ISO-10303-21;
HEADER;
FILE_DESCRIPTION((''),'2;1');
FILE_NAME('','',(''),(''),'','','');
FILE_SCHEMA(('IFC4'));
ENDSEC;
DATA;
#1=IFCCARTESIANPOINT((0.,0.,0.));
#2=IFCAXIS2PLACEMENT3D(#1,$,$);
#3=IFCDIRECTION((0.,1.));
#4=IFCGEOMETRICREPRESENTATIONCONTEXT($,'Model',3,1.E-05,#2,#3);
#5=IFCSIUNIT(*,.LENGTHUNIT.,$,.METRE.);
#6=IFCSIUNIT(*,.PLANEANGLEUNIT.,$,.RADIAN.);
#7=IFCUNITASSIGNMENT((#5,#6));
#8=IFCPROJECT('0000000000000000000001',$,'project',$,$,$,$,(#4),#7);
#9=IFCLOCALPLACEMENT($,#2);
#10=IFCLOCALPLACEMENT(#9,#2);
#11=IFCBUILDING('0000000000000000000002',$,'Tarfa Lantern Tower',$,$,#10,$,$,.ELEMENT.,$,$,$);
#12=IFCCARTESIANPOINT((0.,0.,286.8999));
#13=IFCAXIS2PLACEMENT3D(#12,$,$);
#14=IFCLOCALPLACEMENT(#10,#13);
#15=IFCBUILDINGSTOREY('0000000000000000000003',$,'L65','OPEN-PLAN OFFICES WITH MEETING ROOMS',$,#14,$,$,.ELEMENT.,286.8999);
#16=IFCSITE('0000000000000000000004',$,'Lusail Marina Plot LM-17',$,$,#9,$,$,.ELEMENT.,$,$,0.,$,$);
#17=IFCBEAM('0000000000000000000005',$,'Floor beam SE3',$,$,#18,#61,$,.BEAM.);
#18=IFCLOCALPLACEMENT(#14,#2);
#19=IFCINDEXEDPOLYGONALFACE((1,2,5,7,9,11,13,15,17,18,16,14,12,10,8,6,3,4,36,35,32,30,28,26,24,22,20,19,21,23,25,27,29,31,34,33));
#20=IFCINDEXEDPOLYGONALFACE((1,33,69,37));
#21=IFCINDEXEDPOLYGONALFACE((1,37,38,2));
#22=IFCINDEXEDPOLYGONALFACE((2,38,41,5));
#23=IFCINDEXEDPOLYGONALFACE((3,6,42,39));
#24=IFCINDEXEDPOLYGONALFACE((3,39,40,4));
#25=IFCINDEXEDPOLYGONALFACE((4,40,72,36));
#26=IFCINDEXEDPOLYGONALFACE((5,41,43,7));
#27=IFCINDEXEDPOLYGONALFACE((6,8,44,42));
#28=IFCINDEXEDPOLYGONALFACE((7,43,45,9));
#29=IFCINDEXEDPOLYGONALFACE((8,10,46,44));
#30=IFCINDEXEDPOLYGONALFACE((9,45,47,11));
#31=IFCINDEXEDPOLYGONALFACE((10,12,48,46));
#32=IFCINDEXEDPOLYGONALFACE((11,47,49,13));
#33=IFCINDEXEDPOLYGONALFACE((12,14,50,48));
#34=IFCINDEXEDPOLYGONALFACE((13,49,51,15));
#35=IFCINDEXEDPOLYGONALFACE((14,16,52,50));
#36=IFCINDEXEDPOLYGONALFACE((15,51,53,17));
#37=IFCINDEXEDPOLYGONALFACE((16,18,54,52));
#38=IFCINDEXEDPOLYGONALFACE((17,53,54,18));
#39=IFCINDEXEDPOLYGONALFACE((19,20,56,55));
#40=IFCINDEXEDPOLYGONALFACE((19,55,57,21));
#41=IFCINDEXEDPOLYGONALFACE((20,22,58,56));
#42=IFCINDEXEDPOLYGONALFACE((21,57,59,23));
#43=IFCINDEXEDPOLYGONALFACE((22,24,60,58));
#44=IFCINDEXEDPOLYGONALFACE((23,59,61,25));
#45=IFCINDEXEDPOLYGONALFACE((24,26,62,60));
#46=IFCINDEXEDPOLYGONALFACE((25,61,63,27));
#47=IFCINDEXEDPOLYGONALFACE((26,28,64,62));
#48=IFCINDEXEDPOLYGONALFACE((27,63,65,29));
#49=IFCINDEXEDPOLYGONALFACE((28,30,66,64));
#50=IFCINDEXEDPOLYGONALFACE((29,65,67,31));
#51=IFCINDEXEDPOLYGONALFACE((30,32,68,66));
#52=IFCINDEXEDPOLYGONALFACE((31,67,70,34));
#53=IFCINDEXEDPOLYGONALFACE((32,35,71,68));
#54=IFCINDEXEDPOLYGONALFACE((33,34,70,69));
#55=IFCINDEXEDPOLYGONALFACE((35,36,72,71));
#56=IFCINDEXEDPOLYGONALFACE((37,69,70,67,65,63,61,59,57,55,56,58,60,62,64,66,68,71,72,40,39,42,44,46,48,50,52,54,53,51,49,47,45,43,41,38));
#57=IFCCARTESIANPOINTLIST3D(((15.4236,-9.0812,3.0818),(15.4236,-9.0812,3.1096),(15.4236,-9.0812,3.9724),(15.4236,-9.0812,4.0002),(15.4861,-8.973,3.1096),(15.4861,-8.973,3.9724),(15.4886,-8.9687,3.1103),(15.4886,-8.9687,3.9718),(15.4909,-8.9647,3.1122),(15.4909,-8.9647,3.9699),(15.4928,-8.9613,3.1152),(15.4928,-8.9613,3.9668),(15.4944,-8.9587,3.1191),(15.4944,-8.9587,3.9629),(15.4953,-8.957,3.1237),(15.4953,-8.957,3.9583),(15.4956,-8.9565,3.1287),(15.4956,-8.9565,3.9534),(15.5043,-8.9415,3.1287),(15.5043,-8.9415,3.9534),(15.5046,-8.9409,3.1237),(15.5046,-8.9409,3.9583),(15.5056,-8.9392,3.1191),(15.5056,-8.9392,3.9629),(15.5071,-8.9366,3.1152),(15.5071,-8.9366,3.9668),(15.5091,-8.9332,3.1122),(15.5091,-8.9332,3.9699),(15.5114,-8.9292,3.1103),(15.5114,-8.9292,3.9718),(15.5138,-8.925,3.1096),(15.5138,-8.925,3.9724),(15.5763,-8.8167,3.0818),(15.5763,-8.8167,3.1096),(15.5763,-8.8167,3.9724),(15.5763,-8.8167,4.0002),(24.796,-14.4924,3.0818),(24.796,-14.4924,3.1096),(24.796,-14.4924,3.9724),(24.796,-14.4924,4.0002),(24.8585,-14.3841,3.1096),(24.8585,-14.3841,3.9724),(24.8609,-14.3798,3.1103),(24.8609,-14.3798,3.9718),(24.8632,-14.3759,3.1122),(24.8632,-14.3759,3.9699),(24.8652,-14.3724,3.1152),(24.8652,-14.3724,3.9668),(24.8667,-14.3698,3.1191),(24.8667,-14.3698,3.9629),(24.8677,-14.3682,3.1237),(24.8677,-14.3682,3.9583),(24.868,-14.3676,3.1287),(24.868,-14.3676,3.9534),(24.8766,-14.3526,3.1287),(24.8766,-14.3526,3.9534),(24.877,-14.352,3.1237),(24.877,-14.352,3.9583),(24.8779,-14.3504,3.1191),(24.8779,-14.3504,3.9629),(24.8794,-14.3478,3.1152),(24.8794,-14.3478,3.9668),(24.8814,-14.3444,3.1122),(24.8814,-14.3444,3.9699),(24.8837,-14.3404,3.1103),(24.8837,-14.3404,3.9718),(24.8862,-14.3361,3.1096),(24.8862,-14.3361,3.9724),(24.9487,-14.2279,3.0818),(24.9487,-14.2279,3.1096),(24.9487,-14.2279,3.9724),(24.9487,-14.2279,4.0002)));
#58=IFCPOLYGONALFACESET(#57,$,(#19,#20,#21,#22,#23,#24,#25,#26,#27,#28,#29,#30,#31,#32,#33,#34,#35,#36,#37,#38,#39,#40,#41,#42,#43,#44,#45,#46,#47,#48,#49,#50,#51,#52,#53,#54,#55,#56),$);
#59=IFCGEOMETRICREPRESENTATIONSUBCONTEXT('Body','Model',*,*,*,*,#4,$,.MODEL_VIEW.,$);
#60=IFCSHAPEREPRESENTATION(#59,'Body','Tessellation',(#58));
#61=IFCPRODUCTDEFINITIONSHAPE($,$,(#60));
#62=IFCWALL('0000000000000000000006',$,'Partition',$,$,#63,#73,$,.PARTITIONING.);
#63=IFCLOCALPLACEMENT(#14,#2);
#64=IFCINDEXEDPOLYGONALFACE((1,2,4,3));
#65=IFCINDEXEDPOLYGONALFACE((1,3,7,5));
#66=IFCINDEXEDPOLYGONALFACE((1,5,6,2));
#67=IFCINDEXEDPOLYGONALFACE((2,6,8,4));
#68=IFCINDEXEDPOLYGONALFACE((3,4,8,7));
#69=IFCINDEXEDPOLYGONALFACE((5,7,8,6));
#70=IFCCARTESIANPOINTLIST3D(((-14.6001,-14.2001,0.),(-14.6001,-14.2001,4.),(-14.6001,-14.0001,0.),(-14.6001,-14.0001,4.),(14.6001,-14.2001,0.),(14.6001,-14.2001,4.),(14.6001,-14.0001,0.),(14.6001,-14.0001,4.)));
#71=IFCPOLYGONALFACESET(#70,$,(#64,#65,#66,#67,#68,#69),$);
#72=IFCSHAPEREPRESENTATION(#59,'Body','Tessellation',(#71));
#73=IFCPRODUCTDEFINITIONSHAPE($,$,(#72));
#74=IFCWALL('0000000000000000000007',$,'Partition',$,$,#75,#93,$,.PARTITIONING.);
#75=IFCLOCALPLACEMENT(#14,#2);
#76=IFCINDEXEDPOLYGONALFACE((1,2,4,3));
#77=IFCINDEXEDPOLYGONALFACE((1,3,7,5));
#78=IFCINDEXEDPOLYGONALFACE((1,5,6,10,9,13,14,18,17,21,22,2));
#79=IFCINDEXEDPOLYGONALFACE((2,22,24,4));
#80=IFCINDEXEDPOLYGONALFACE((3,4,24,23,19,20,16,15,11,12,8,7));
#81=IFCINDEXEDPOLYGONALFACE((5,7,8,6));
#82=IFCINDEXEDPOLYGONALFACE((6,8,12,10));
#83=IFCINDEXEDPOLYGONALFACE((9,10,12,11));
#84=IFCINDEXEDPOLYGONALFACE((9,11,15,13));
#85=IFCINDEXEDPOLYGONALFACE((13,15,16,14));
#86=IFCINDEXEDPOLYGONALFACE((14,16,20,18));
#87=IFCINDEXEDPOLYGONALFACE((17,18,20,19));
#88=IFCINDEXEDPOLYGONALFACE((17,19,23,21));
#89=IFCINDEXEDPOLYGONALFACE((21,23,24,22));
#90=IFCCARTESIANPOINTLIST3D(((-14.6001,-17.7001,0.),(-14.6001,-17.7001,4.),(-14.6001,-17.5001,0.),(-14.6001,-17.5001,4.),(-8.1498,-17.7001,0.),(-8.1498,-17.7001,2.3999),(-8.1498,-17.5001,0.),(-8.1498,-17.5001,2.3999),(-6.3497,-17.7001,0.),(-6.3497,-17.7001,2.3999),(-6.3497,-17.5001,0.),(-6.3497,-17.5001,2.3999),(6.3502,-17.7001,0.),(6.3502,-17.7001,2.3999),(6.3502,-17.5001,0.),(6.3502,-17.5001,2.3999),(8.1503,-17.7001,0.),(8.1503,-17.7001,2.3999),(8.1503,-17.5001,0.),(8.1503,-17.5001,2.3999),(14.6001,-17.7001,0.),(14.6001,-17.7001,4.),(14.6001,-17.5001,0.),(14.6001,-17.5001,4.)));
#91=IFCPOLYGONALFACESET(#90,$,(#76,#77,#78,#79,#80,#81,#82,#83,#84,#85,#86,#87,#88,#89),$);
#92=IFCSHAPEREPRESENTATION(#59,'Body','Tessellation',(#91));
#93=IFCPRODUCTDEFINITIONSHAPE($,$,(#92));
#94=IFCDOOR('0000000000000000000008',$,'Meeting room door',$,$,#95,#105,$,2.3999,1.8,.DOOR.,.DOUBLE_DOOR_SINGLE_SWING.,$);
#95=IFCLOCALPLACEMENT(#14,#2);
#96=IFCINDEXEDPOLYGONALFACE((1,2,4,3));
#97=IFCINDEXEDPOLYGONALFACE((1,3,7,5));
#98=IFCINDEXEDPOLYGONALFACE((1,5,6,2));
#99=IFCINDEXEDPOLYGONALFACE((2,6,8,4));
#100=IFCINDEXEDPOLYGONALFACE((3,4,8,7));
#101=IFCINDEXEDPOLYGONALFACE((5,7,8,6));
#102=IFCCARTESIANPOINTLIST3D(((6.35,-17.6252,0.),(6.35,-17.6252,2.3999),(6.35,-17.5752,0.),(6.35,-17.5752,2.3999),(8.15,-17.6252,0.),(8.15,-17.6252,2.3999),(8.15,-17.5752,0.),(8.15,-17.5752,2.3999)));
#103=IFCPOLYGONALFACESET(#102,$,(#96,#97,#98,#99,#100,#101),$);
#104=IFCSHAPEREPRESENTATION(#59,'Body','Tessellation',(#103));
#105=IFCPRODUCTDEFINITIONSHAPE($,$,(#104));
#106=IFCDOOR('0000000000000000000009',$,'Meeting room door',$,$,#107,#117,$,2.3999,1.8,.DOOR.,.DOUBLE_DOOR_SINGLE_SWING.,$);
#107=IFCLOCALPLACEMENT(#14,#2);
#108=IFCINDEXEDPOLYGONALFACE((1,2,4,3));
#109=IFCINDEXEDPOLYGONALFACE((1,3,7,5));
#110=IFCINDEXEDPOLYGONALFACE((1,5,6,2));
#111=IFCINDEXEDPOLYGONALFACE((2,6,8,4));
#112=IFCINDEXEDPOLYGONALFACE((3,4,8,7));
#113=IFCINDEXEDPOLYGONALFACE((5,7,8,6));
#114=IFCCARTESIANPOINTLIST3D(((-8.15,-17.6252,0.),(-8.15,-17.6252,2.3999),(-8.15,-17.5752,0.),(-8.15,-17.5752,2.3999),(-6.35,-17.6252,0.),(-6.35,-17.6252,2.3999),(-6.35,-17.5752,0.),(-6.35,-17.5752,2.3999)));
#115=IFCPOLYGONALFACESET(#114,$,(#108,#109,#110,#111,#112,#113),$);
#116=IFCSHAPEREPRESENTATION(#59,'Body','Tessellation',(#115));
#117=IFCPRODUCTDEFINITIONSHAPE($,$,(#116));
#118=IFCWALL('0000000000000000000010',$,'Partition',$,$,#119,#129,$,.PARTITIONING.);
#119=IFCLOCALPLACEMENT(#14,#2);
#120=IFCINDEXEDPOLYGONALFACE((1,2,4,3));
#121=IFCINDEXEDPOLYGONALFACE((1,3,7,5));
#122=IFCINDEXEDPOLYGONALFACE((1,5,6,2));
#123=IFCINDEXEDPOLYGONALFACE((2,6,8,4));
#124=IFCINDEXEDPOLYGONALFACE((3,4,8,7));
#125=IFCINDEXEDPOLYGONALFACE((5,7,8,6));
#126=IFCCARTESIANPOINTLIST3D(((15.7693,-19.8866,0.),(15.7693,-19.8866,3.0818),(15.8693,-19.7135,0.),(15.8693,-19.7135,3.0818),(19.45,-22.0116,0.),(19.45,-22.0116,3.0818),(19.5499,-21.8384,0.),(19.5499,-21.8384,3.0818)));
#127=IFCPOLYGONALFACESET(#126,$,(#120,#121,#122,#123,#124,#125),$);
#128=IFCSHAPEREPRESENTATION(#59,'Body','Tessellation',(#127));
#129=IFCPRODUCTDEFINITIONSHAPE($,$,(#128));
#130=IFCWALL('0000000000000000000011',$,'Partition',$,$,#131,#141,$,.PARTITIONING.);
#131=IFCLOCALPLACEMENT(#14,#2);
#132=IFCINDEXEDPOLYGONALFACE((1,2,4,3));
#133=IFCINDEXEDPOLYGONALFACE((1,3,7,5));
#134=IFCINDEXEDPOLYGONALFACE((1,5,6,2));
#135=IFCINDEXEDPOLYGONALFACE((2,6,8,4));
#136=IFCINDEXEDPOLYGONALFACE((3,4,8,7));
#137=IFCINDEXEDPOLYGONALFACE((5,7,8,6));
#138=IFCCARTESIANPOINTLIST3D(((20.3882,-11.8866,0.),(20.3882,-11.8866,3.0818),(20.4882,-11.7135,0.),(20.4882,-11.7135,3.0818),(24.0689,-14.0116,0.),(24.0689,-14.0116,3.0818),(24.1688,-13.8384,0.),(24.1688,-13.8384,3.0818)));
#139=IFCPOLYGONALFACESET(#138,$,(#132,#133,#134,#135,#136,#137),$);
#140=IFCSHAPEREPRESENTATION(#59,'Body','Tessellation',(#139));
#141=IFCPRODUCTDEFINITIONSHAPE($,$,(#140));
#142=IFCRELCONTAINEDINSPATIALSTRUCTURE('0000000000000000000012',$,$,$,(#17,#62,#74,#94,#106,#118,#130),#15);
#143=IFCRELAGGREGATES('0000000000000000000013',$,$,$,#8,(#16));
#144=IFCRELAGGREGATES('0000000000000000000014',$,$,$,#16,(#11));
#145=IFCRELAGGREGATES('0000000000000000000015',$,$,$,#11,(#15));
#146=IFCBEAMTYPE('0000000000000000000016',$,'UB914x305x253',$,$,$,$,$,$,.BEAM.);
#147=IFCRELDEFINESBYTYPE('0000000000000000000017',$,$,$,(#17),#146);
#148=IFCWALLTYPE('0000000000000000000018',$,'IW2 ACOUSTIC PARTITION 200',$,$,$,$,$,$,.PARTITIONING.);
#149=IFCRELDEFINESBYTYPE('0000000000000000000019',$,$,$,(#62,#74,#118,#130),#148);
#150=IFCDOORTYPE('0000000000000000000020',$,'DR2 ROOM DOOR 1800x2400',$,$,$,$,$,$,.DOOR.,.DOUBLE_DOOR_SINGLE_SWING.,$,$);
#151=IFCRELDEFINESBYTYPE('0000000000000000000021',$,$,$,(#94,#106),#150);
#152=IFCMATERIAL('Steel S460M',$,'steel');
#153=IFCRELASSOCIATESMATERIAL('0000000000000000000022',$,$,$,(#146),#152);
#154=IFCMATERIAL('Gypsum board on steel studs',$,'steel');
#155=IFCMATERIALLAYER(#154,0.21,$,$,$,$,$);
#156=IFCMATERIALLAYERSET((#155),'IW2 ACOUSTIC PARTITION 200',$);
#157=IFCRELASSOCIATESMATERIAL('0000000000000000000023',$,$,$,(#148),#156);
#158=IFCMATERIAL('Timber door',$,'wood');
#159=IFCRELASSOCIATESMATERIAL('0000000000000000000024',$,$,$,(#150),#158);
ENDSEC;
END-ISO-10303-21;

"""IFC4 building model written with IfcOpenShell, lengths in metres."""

from ifc_helpers import new_model, si_unit, direction, frame, frame_2d, origin, origin_2d, place, context, subcontext, project, spatial, rectangle, i_section, extrude, material, layer, layer_set, material_profile, profile_set, type_object, element, fill, save


model = new_model("IFC4")

# Units and contexts
model_context = context("Model", 3, precision=1e-05, world=origin(), true_north=direction((0.0, 1.0)))
body_context = subcontext(model_context, "Body", "Model", "MODEL_VIEW")
ifc_project = project(units=[si_unit("LENGTHUNIT", "METRE"), si_unit("PLANEANGLEUNIT", "RADIAN")], contexts=[model_context])

# Site, building, storey
site_placement = place(None, origin())
site = spatial("IfcSite", under=ifc_project, at=site_placement, Name="Lusail Marina Plot LM-17", CompositionType="ELEMENT", RefElevation=0.0)
building_placement = place(site_placement, origin())
building = spatial("IfcBuilding", under=site, at=building_placement, Name="Tarfa Lantern Tower", CompositionType="ELEMENT")
storey_placement = place(building_placement, frame((0.0, 0.0, 286.8999)))
storey = spatial("IfcBuildingStorey", under=building, at=storey_placement, Name="L65", Description="OPEN-PLAN OFFICES WITH MEETING ROOMS", CompositionType="ELEMENT", Elevation=286.8999)

# Beam
ifc_material_1 = material(Name="Steel S460M", Category="steel")
ifc_material_profile_1 = material_profile(ifc_material_1, i_section(OverallWidth=0.3054, OverallDepth=0.9185, WebThickness=0.0173, FlangeThickness=0.0278, FilletRadius=0.019, at=origin_2d()), Name="UB914x305x253")
ifc_profile_set_1 = profile_set([ifc_material_profile_1], Name="Steel S460M")
beam_type_1 = type_object("IfcBeamType", Name="UB914x305x253", PredefinedType="BEAM", material=ifc_profile_set_1)
beam_1_placement = place(storey_placement, frame((24.8723, -14.3601, 3.541), z_axis=(-0.866024, 0.500002, 0.0), x_axis=(-0.500002, -0.866024, 0.0)))
element("IfcBeam", 1, at=beam_1_placement, inside=storey, type_object=beam_type_1, Name="Floor beam SE3", PredefinedType="BEAM", context=body_context, shape_type="SweptSolid", body=[
    extrude(i_section(OverallWidth=0.3054, OverallDepth=0.9185, WebThickness=0.0173, FlangeThickness=0.0278, FilletRadius=0.019, at=origin_2d()), origin(), (0.0, 0.0, 1.0), 10.8223),
])

# Wall
ifc_material_2 = material(Name="Gypsum board on steel studs", Category="steel")
ifc_layer_1 = layer(ifc_material_2, 0.21)
ifc_layer_set_1 = layer_set([ifc_layer_1], Name="IW2 ACOUSTIC PARTITION 200")
wall_type_1 = type_object("IfcWallType", Name="IW2 ACOUSTIC PARTITION 200", PredefinedType="PARTITIONING", material=ifc_layer_set_1)
wall_1_placement = place(storey_placement, frame((14.6001, -14.1001, 0.0), z_axis=(0.0, 0.0, 1.0), x_axis=(-1.0, 0.0, 0.0)))
element("IfcWall", 2, at=wall_1_placement, inside=storey, type_object=wall_type_1, Name="Partition", PredefinedType="PARTITIONING", context=body_context, shape_type="SweptSolid", body=[
    extrude(rectangle(XDim=29.2002, YDim=0.2, at=frame_2d((14.6001, 0.0))), origin(), (0.0, 0.0, 1.0), 4.0),
])

# Wall, openings, doors
wall_2_placement = place(storey_placement, frame((14.6001, -17.6001, 0.0), z_axis=(0.0, 0.0, 1.0), x_axis=(-1.0, 0.0, 0.0)))
wall_2 = element("IfcWall", 3, at=wall_2_placement, inside=storey, type_object=wall_type_1, Name="Partition", PredefinedType="PARTITIONING", context=body_context, shape_type="SweptSolid", body=[
    extrude(rectangle(XDim=29.2002, YDim=0.2, at=frame_2d((14.6001, 0.0))), origin(), (0.0, 0.0, 1.0), 4.0),
])
opening_1_placement = place(wall_2_placement, frame((6.45, 0.0, 0.0)))
opening_1 = element("IfcOpeningElement", 4, at=opening_1_placement, cuts=wall_2, PredefinedType="OPENING", context=body_context, shape_type="SweptSolid", body=[
    extrude(rectangle(XDim=1.8, YDim=2.3999, at=frame_2d((0.8999, 1.2))), frame((0.0, 0.1099, 0.0), z_axis=(0.0, -1.0, 0.0), x_axis=(1.0, 0.0, 0.0)), (0.0, 0.0, 1.0), 0.22),
])
opening_2_placement = place(wall_2_placement, frame((20.95, 0.0, 0.0)))
opening_2 = element("IfcOpeningElement", 5, at=opening_2_placement, cuts=wall_2, PredefinedType="OPENING", context=body_context, shape_type="SweptSolid", body=[
    extrude(rectangle(XDim=1.8, YDim=2.3999, at=frame_2d((0.8999, 1.2))), frame((0.0, 0.1099, 0.0), z_axis=(0.0, -1.0, 0.0), x_axis=(1.0, 0.0, 0.0)), (0.0, 0.0, 1.0), 0.22),
])
ifc_material_3 = material(Name="Timber door", Category="wood")
door_type_1 = type_object("IfcDoorType", Name="DR2 ROOM DOOR 1800x2400", OperationType="DOUBLE_DOOR_SINGLE_SWING", PredefinedType="DOOR", material=ifc_material_3)
door_1_placement = place(opening_1_placement, frame((1.8, 0.0, 0.0), z_axis=(0.0, 0.0, 1.0), x_axis=(-1.0, 0.0, 0.0)))
door_1 = element("IfcDoor", 6, at=door_1_placement, inside=storey, type_object=door_type_1, Name="Meeting room door", OperationType="DOUBLE_DOOR_SINGLE_SWING", OverallHeight=2.3999, OverallWidth=1.8, PredefinedType="DOOR", context=body_context, shape_type="SweptSolid", body=[
    extrude(rectangle(XDim=1.8, YDim=2.3999, at=frame_2d((0.8999, 1.2))), frame((0.0, 0.0249, 0.0), z_axis=(0.0, -1.0, 0.0), x_axis=(1.0, 0.0, 0.0)), (0.0, 0.0, 1.0), 0.05),
])
fill(opening_1, door_1)
door_2_placement = place(opening_2_placement, frame((1.8, 0.0, 0.0), z_axis=(0.0, 0.0, 1.0), x_axis=(-1.0, 0.0, 0.0)))
door_2 = element("IfcDoor", 7, at=door_2_placement, inside=storey, type_object=door_type_1, Name="Meeting room door", OperationType="DOUBLE_DOOR_SINGLE_SWING", OverallHeight=2.3999, OverallWidth=1.8, PredefinedType="DOOR", context=body_context, shape_type="SweptSolid", body=[
    extrude(rectangle(XDim=1.8, YDim=2.3999, at=frame_2d((0.8999, 1.2))), frame((0.0, 0.0249, 0.0), z_axis=(0.0, -1.0, 0.0), x_axis=(1.0, 0.0, 0.0)), (0.0, 0.0, 1.0), 0.05),
])
fill(opening_2, door_2)

# Walls
for number, where, z_axis, x_axis, name in (
    (8, (15.8193, -19.8, 0.0), (0.0, 0.0, 1.0), (0.866029, -0.499994, 0.0), "Partition"),
    (9, (20.4382, -11.8, 0.0), (0.0, 0.0, 1.0), (0.866029, -0.499994, 0.0), "Partition"),
):
    element("IfcWall", number, at=place(storey_placement, frame(where, z_axis=z_axis, x_axis=x_axis)), inside=storey, type_object=wall_type_1, Name=name, PredefinedType="PARTITIONING", context=body_context, shape_type="SweptSolid", body=[
        extrude(rectangle(XDim=4.25, YDim=0.2, at=frame_2d((2.125, 0.0))), origin(), (0.0, 0.0, 1.0), 3.0818),
    ])

save(model, "model.ifc")
